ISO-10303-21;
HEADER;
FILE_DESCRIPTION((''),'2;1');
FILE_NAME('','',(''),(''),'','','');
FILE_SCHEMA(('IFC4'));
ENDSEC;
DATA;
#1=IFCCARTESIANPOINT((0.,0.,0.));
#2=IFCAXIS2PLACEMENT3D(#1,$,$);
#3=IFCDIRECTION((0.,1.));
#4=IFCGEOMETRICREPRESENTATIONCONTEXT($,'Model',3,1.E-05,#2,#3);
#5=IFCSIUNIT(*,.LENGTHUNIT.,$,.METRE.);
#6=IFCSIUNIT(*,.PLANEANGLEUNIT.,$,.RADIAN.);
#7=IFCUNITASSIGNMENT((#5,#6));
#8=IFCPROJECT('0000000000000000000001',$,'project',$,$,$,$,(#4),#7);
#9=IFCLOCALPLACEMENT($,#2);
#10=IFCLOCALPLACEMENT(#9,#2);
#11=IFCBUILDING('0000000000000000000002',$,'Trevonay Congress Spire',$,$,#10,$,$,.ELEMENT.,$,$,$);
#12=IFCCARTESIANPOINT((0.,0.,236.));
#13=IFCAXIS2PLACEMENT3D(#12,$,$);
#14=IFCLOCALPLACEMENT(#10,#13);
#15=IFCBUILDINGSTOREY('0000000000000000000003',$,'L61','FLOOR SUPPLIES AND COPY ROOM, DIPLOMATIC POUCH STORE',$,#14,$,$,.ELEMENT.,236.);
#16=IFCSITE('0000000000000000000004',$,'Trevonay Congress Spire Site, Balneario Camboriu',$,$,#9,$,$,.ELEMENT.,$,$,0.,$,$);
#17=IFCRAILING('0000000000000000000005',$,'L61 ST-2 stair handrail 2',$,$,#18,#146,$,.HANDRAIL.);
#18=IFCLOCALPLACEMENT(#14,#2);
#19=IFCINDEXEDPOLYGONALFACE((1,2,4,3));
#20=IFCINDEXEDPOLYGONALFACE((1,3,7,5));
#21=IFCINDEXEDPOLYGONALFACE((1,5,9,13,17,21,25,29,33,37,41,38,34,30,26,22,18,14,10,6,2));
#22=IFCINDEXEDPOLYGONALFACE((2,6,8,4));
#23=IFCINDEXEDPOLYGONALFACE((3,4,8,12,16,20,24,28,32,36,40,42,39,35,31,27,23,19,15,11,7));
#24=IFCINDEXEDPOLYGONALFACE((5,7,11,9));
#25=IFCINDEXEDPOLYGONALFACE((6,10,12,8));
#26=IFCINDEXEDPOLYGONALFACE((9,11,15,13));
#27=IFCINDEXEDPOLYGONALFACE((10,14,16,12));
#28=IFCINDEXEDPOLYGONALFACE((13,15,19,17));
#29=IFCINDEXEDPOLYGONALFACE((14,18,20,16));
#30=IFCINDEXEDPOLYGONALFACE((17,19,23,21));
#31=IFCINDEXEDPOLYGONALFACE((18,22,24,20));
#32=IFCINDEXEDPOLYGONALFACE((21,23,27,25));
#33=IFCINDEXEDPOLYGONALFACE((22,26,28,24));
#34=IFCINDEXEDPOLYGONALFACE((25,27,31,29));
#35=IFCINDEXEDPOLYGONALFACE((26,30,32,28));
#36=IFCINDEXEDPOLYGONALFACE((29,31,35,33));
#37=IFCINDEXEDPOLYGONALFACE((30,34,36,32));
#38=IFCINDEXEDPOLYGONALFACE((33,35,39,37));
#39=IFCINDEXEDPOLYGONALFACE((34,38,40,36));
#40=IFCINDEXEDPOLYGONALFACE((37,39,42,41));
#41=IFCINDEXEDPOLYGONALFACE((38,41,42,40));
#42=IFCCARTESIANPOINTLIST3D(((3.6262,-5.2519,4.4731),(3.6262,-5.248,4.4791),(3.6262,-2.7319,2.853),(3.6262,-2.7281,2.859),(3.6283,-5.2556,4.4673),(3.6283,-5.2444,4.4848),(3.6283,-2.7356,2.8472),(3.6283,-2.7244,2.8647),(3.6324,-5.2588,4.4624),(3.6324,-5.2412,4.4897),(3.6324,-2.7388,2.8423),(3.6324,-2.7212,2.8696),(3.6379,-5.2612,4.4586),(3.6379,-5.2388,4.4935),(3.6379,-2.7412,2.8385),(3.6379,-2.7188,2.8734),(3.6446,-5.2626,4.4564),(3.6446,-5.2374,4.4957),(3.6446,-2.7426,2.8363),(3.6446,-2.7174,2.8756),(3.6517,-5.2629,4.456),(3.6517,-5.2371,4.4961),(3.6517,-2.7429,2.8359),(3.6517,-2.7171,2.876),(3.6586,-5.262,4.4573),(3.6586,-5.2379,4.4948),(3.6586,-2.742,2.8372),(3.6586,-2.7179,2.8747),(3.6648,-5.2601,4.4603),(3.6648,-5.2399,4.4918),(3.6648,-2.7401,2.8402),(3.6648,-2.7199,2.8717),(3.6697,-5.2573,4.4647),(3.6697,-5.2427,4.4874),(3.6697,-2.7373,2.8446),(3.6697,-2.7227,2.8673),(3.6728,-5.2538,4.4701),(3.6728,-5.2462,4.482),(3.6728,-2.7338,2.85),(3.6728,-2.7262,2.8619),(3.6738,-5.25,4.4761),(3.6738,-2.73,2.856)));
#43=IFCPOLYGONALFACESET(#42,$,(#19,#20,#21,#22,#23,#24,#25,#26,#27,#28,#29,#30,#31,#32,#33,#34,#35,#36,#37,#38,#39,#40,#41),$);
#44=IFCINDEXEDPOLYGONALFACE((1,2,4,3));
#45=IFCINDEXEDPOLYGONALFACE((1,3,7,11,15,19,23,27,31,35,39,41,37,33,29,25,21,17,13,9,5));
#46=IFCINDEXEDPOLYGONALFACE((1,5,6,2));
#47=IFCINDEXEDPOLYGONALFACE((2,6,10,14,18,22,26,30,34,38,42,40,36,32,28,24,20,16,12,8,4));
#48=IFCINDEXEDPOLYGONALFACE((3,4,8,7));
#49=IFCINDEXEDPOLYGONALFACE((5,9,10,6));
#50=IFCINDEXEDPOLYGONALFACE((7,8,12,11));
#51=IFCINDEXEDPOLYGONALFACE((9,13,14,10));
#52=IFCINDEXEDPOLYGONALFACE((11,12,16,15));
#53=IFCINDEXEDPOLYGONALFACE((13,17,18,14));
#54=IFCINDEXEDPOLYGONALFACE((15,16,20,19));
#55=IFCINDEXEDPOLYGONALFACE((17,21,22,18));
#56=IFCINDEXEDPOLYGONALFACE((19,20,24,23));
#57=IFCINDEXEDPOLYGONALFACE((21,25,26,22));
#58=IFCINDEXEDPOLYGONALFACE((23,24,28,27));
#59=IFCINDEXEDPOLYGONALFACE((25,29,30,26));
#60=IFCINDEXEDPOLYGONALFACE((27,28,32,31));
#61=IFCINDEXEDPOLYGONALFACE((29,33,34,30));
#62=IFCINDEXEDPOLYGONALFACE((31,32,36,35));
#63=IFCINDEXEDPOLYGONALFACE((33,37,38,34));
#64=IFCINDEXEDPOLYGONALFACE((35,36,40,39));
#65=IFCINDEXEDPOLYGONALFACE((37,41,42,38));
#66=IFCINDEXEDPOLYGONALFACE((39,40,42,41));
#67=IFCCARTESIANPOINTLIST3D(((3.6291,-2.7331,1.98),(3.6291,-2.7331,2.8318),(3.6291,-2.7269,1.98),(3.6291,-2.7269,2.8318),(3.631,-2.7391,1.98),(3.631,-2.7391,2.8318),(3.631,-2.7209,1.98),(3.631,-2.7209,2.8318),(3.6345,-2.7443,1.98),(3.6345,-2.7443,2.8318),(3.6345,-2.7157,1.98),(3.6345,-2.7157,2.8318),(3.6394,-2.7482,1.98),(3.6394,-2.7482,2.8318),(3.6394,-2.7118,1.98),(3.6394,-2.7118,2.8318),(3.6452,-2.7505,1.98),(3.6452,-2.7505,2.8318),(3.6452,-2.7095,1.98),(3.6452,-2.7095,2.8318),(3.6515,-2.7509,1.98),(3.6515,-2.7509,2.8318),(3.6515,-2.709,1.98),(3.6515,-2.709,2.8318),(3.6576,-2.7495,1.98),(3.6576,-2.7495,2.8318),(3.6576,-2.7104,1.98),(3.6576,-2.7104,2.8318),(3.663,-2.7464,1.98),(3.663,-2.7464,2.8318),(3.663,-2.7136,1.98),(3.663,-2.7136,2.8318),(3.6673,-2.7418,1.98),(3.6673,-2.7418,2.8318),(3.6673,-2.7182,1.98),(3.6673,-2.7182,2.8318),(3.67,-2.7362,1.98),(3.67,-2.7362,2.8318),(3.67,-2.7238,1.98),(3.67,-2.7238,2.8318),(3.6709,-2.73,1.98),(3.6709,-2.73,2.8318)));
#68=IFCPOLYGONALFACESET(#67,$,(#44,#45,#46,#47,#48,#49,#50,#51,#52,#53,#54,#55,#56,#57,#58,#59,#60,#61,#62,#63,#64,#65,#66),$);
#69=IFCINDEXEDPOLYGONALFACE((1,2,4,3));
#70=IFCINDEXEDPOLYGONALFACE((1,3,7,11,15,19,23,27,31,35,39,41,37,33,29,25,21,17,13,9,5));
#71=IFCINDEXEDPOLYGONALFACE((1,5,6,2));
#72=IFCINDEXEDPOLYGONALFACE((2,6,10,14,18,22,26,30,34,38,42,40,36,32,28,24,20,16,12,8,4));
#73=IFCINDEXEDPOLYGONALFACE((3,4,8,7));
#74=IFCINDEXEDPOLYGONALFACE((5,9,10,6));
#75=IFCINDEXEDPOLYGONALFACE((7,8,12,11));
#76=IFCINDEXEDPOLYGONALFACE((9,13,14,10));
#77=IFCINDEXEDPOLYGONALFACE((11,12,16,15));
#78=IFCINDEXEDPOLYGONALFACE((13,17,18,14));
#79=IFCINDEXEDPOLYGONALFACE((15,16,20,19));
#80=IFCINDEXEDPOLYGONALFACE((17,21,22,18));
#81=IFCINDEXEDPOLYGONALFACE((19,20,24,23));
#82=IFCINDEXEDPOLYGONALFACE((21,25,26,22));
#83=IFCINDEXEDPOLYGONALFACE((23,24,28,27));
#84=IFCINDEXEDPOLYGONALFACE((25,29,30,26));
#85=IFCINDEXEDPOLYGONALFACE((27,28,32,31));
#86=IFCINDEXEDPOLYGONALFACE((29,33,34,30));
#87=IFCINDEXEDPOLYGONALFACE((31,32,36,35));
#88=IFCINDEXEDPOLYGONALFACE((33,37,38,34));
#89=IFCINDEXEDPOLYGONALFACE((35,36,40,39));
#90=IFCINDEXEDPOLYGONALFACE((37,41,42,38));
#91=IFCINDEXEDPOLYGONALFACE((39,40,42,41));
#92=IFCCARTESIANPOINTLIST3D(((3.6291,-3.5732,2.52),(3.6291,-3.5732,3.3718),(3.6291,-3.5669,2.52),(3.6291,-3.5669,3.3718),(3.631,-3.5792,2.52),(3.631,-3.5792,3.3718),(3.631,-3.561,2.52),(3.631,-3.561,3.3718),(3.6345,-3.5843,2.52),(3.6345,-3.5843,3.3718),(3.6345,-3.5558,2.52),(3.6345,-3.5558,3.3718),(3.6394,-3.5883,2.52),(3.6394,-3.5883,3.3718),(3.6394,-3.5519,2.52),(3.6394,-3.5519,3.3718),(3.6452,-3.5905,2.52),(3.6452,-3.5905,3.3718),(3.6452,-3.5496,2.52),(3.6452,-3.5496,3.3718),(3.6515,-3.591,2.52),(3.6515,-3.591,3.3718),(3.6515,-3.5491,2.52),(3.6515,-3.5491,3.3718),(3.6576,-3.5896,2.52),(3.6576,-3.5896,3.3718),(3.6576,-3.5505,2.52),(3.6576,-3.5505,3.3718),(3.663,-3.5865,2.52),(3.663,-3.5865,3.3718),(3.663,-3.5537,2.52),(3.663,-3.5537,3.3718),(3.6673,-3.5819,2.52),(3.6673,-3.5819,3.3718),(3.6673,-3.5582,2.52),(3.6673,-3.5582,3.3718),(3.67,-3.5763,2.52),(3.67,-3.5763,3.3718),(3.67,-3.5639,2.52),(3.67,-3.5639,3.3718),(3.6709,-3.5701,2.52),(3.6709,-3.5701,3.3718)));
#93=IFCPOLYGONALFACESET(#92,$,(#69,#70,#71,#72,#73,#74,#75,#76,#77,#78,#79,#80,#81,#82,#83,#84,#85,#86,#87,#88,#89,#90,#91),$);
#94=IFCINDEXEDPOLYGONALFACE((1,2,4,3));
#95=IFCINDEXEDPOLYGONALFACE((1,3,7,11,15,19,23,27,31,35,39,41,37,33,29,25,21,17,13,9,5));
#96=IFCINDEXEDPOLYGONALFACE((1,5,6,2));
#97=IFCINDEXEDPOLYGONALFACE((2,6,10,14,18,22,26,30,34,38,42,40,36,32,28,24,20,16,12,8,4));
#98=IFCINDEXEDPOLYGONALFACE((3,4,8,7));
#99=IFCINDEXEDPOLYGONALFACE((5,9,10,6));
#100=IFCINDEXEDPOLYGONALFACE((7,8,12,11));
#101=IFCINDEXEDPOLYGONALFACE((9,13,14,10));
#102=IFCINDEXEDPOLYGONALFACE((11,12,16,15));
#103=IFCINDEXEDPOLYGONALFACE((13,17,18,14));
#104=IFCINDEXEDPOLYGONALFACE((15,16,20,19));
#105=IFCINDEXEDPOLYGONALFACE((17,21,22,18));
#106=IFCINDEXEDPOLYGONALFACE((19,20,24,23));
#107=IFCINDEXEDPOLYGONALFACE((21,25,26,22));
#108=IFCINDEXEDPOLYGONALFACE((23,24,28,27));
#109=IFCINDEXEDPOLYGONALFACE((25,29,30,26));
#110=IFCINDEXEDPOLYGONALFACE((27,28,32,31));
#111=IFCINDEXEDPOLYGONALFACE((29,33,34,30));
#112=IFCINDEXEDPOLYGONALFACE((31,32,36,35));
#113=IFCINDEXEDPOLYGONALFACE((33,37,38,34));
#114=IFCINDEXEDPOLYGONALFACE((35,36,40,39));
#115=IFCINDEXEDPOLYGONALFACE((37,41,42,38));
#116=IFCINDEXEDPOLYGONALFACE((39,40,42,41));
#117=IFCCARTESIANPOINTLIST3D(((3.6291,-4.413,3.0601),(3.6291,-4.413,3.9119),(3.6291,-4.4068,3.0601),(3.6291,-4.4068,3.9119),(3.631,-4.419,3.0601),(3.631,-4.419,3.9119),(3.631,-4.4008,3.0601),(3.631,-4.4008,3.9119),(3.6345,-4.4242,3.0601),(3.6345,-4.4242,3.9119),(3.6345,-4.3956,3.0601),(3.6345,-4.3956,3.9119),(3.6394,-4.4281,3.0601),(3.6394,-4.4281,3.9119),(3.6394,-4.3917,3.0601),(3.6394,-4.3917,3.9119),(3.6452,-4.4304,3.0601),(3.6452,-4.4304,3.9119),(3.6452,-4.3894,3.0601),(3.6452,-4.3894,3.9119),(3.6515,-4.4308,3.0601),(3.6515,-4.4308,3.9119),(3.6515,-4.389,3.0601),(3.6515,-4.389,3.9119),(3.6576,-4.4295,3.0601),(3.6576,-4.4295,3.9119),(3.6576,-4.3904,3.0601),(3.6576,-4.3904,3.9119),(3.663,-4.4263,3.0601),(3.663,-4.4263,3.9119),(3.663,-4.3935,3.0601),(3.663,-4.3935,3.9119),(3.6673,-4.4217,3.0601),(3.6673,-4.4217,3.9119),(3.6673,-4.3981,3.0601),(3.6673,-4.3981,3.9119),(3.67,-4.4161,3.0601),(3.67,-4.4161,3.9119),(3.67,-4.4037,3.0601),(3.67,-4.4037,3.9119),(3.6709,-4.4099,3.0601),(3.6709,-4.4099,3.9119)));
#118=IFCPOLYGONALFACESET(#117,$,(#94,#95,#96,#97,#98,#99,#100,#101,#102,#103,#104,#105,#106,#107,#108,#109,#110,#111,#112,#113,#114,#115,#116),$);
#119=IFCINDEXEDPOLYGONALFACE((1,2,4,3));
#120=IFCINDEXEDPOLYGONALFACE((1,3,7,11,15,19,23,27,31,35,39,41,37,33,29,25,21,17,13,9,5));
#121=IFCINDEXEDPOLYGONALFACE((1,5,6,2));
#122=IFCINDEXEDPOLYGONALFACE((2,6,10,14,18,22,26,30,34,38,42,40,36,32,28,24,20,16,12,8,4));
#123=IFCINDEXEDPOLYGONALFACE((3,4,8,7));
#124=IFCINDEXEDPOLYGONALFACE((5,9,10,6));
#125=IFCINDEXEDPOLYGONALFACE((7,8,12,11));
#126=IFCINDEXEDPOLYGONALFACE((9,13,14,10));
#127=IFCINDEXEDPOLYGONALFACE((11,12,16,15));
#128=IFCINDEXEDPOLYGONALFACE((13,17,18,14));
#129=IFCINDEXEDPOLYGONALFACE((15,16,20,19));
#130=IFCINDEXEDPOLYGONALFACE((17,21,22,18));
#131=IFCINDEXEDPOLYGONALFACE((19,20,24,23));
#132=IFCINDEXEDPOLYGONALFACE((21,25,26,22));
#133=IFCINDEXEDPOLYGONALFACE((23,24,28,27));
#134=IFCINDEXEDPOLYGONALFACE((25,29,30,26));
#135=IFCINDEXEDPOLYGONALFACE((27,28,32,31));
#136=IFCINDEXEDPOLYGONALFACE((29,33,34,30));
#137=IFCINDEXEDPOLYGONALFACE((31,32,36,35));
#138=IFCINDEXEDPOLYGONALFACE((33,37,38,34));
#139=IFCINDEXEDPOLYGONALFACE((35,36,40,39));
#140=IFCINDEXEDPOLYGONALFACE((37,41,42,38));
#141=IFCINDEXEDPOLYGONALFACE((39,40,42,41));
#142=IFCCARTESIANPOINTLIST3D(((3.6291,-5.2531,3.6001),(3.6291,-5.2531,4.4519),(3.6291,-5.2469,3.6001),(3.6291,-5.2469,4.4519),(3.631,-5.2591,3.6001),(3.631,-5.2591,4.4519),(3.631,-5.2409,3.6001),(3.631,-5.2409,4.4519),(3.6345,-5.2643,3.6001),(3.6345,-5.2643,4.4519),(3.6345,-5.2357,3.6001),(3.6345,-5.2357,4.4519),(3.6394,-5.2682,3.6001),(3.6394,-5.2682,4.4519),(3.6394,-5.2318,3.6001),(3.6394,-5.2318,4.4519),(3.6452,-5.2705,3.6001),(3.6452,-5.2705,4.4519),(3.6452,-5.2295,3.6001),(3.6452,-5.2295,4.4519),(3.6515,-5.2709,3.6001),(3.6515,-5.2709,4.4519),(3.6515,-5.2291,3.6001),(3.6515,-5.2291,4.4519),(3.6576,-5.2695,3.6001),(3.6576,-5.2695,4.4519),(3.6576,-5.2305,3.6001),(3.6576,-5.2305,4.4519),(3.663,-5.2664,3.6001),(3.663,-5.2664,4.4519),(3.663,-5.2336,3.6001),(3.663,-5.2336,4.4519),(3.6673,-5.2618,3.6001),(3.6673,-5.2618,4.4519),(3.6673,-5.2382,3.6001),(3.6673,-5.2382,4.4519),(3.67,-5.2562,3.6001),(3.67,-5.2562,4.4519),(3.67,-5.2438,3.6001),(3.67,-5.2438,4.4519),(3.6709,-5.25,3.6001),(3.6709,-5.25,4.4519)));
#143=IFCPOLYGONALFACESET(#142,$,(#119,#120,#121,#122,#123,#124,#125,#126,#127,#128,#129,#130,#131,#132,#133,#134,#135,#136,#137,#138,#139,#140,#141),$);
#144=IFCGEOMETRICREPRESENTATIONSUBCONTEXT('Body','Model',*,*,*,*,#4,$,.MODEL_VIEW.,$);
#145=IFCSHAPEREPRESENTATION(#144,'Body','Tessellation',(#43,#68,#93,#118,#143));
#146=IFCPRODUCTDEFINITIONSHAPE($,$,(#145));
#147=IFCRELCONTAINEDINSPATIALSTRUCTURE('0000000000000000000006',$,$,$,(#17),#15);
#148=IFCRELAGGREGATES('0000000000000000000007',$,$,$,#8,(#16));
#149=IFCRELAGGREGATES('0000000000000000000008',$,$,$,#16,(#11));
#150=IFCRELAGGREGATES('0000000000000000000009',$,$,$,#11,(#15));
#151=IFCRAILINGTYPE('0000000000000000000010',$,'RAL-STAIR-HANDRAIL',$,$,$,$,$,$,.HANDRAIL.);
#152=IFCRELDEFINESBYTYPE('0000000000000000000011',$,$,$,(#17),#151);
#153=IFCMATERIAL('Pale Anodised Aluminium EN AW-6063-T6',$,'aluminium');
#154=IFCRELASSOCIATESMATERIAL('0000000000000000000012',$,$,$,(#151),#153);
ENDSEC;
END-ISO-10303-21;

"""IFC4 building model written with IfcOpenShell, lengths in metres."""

from ifc_helpers import new_model, si_unit, direction, frame, origin, origin_2d, place, context, subcontext, project, spatial, circle, extrude, material, type_object, element, save


model = new_model("IFC4")

# Units and contexts
model_context = context("Model", 3, precision=1e-05, world=origin(), true_north=direction((0.0, 1.0)))
body_context = subcontext(model_context, "Body", "Model", "MODEL_VIEW")
ifc_project = project(units=[si_unit("LENGTHUNIT", "METRE"), si_unit("PLANEANGLEUNIT", "RADIAN")], contexts=[model_context])

# Site, building, storey
site_placement = place(None, origin())
site = spatial("IfcSite", under=ifc_project, at=site_placement, Name="Trevonay Congress Spire Site, Balneario Camboriu", CompositionType="ELEMENT", RefElevation=0.0)
building_placement = place(site_placement, origin())
building = spatial("IfcBuilding", under=site, at=building_placement, Name="Trevonay Congress Spire", CompositionType="ELEMENT")
storey_placement = place(building_placement, frame((0.0, 0.0, 236.0)))
storey = spatial("IfcBuildingStorey", under=building, at=storey_placement, Name="L61", Description="FLOOR SUPPLIES AND COPY ROOM, DIPLOMATIC POUCH STORE", CompositionType="ELEMENT", Elevation=236.0)

# Shared definitions
ifc_material_1 = material(Name="Pale Anodised Aluminium EN AW-6063-T6", Category="aluminium")

# Railing
railing_type_1 = type_object("IfcRailingType", Name="RAL-STAIR-HANDRAIL", PredefinedType="HANDRAIL", material=ifc_material_1)
railing_1_placement = place(storey_placement, frame((3.6499, -2.73, 1.98)))
element("IfcRailing", 1, at=railing_1_placement, inside=storey, type_object=railing_type_1, Name="L61 ST-2 stair handrail 2", PredefinedType="HANDRAIL", context=body_context, shape_type="SweptSolid", body=[
    extrude(circle(Radius=0.0239, at=origin_2d()), frame((0.0, 0.0, 0.876), z_axis=(0.0, -0.841163, 0.540782), x_axis=(1.0, 0.0, 0.0)), (0.0, 0.0, 1.0), 2.9958),
    extrude(circle(Radius=0.021, at=origin_2d()), origin(), (0.0, 0.0, 1.0), 0.8518),
    extrude(circle(Radius=0.021, at=origin_2d()), frame((0.0, -0.8401, 0.54)), (0.0, 0.0, 1.0), 0.8518),
    extrude(circle(Radius=0.021, at=origin_2d()), frame((0.0, -1.6799, 1.0801)), (0.0, 0.0, 1.0), 0.8518),
    extrude(circle(Radius=0.021, at=origin_2d()), frame((0.0, -2.52, 1.6201)), (0.0, 0.0, 1.0), 0.8518),
])

save(model, "model.ifc")
